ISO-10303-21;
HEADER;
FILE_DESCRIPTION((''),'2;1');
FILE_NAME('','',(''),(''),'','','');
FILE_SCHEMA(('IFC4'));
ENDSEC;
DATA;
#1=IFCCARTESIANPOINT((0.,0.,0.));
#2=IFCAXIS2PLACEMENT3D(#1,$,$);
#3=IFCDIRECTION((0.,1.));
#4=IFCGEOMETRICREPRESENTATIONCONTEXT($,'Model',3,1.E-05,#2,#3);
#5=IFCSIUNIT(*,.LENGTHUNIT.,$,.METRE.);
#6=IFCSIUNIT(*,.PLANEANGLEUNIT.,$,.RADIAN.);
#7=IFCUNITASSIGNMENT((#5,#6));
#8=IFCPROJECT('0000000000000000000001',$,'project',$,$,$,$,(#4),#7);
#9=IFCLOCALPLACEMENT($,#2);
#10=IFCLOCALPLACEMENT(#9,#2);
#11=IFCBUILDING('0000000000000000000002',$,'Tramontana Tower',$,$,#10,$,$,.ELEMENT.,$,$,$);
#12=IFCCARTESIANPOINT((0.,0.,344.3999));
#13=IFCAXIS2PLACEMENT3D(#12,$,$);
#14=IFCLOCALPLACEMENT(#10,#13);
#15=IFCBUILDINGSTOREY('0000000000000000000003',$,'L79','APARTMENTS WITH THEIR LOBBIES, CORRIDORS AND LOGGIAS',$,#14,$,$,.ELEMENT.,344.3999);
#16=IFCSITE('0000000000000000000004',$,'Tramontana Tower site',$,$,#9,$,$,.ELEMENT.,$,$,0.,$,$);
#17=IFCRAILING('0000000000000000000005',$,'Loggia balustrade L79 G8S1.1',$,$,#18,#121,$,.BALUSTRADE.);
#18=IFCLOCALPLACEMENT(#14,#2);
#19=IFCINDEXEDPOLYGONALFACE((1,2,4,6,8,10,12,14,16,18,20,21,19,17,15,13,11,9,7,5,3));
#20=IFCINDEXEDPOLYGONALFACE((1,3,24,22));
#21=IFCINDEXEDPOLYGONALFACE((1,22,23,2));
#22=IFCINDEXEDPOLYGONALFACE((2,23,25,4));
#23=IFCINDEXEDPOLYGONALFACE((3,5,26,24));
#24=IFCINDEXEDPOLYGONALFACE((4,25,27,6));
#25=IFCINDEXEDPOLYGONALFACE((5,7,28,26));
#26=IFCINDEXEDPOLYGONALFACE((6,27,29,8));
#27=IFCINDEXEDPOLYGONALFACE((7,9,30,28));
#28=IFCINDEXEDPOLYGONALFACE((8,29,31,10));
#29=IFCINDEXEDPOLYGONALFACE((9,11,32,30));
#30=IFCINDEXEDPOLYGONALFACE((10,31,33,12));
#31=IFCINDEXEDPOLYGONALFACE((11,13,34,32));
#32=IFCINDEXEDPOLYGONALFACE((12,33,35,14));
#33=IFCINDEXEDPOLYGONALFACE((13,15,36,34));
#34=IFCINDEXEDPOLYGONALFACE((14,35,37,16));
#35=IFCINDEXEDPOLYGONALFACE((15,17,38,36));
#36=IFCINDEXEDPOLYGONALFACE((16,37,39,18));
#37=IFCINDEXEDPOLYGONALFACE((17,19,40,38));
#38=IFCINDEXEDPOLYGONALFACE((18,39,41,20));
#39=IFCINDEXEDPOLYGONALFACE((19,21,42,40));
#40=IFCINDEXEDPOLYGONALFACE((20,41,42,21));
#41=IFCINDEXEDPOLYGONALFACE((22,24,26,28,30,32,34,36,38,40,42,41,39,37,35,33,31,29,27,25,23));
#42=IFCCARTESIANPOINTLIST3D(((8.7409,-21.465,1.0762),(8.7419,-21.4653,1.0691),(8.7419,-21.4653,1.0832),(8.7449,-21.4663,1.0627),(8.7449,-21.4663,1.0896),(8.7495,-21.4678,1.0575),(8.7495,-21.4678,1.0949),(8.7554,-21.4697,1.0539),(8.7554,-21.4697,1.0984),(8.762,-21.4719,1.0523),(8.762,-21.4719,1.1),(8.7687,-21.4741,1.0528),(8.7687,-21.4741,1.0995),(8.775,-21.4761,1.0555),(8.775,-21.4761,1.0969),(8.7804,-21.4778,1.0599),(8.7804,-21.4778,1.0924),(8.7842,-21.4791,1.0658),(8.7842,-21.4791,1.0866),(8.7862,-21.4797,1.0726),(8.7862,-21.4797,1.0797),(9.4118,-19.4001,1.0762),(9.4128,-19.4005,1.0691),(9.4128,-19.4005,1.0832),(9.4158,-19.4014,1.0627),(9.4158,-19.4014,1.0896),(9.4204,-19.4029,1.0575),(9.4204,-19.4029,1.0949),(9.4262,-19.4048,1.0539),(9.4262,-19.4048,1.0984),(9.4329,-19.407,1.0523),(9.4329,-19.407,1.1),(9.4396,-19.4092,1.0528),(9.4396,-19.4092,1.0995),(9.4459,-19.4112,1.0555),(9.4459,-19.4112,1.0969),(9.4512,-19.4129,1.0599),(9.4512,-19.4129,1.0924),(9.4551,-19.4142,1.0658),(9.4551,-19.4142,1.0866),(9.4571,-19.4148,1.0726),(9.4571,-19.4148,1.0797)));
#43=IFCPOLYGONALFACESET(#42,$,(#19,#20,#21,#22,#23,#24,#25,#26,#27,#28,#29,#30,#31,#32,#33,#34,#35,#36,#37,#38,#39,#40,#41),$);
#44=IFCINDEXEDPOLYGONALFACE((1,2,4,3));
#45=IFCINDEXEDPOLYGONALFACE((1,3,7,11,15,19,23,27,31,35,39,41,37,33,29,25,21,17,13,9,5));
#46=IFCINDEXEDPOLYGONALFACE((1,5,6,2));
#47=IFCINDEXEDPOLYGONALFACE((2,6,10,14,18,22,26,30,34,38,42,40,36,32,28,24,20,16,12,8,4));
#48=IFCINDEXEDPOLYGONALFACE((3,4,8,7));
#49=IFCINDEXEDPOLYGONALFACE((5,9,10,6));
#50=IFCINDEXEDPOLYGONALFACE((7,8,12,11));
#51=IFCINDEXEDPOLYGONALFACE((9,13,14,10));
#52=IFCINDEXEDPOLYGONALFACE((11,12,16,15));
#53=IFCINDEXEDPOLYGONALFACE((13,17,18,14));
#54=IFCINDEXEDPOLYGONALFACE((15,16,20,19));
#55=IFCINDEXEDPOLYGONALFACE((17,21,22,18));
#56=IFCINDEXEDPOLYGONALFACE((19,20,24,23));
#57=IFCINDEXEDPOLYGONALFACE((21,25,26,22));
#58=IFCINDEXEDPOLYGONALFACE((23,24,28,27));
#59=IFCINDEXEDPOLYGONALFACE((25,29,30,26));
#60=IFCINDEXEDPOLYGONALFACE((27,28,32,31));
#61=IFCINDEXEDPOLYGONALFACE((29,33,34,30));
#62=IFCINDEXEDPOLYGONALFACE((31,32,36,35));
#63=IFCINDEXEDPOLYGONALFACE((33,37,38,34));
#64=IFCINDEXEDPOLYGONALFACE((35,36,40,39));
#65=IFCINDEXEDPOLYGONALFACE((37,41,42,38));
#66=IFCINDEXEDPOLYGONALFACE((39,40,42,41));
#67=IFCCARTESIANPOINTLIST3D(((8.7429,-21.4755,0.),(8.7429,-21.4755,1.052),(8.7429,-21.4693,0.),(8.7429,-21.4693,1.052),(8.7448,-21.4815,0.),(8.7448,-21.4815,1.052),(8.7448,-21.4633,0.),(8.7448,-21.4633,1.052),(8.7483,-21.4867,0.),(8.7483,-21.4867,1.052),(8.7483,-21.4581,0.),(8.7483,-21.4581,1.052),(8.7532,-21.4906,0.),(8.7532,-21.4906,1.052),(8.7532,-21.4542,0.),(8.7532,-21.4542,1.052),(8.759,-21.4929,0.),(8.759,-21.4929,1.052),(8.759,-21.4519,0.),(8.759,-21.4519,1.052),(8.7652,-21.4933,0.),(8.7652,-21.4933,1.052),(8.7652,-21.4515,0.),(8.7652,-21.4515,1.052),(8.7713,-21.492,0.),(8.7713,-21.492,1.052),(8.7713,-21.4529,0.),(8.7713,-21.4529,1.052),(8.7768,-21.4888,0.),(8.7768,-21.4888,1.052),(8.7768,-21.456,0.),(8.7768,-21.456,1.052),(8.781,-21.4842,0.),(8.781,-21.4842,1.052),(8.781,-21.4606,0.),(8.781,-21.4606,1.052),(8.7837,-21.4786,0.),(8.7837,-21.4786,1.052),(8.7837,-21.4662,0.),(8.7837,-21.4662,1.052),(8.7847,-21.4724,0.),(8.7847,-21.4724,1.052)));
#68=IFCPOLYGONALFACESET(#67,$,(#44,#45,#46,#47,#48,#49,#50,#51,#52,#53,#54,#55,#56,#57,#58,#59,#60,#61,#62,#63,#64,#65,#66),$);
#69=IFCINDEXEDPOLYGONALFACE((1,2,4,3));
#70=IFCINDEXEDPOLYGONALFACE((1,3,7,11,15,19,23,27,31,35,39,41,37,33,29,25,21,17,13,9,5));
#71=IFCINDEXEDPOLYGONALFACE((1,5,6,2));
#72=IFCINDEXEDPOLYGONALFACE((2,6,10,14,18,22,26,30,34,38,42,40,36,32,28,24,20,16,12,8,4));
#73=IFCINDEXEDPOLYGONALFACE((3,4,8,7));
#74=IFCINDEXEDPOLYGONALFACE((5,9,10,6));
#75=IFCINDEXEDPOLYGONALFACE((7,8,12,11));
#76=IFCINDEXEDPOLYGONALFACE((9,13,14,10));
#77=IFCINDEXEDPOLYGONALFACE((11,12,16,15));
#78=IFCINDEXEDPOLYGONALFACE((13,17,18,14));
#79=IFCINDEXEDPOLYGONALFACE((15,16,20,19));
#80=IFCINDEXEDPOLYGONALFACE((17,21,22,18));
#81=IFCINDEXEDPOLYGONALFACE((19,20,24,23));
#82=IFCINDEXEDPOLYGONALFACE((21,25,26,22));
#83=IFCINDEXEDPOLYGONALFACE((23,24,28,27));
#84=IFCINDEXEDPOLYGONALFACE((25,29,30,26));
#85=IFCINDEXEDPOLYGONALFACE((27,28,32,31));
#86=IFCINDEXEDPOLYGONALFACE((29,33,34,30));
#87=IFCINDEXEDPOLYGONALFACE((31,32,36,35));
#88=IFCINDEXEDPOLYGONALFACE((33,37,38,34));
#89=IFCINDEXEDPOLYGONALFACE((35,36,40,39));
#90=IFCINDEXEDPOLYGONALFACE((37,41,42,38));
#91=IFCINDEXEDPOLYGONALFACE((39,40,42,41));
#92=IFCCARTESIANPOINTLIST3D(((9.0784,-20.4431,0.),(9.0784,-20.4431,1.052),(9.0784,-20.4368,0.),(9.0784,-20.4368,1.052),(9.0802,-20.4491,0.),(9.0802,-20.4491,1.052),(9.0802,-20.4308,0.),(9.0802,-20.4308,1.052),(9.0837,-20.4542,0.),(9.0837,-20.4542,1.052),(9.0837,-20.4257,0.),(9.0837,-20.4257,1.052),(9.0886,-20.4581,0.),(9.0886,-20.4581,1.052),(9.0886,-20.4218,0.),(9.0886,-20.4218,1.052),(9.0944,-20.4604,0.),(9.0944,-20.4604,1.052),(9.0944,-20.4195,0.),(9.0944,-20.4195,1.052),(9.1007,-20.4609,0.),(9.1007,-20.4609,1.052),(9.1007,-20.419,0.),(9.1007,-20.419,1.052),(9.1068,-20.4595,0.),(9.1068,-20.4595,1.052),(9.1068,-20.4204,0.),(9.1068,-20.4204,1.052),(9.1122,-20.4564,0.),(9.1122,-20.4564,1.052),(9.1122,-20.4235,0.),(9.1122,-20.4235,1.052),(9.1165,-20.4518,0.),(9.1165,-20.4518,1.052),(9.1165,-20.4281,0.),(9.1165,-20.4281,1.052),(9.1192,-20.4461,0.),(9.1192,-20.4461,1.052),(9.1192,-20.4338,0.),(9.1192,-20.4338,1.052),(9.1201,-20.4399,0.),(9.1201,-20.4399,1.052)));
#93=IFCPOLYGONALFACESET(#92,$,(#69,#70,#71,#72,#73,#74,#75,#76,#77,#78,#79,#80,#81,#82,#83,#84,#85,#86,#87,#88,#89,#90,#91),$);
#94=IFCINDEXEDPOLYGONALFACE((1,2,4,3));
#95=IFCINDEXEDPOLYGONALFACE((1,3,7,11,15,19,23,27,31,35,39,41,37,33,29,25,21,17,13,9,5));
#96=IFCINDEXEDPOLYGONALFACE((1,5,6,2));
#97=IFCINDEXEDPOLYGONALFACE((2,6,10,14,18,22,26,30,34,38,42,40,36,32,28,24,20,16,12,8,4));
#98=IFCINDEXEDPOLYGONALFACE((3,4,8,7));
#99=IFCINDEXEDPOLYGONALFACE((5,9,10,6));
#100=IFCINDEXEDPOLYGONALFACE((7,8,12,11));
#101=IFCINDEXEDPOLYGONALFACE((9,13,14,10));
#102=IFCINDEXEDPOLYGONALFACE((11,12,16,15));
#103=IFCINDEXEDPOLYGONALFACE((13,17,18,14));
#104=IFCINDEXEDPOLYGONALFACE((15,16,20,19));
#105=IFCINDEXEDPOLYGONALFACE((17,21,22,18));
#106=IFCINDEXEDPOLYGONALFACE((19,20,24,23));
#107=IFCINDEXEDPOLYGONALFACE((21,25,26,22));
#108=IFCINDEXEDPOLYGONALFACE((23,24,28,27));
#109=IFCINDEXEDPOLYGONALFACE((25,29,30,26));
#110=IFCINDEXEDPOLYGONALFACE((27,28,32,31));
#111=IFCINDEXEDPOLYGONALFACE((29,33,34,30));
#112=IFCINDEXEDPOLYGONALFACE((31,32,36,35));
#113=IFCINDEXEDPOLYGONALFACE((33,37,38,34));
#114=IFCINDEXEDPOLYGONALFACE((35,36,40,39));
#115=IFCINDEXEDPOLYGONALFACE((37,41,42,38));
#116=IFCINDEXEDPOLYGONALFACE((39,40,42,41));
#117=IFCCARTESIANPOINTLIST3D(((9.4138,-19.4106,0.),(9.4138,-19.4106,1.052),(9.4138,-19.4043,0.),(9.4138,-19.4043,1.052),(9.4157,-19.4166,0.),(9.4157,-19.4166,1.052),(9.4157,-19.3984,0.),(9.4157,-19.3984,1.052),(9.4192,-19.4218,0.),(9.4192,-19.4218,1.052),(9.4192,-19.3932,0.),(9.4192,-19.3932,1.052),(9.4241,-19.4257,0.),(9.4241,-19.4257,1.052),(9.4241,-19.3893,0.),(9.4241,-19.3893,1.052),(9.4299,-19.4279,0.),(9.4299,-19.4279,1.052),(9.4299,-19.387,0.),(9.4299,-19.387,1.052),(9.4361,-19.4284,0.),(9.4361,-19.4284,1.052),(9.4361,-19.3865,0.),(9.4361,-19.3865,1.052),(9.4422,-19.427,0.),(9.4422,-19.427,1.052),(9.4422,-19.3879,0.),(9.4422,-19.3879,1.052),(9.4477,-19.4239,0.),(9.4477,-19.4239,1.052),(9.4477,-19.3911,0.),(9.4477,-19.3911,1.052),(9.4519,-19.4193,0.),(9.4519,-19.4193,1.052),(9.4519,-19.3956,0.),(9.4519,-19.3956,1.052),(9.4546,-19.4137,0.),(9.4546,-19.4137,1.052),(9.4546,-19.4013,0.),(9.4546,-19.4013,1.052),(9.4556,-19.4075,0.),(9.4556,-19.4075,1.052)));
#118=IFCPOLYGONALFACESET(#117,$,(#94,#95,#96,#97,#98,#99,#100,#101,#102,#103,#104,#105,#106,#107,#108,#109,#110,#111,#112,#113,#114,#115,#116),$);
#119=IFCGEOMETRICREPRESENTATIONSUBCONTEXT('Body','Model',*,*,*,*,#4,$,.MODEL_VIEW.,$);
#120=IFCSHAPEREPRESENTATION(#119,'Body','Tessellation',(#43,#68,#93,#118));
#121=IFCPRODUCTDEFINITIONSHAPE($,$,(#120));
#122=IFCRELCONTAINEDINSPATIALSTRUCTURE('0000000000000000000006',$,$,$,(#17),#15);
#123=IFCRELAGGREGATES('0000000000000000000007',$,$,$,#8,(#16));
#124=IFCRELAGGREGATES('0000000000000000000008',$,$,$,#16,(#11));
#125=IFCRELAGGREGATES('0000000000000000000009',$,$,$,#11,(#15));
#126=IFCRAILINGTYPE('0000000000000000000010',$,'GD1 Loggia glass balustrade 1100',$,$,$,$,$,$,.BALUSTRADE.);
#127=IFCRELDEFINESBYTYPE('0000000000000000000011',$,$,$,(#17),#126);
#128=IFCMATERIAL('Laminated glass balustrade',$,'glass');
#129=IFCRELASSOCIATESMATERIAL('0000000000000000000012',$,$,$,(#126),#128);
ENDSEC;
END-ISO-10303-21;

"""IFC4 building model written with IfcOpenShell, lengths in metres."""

from ifc_helpers import new_model, si_unit, direction, frame, origin, origin_2d, place, context, subcontext, project, spatial, circle, extrude, material, type_object, element, save


model = new_model("IFC4")

# Units and contexts
model_context = context("Model", 3, precision=1e-05, world=origin(), true_north=direction((0.0, 1.0)))
body_context = subcontext(model_context, "Body", "Model", "MODEL_VIEW")
ifc_project = project(units=[si_unit("LENGTHUNIT", "METRE"), si_unit("PLANEANGLEUNIT", "RADIAN")], contexts=[model_context])

# Site, building, storey
site_placement = place(None, origin())
site = spatial("IfcSite", under=ifc_project, at=site_placement, Name="Tramontana Tower site", CompositionType="ELEMENT", RefElevation=0.0)
building_placement = place(site_placement, origin())
building = spatial("IfcBuilding", under=site, at=building_placement, Name="Tramontana Tower", CompositionType="ELEMENT")
storey_placement = place(building_placement, frame((0.0, 0.0, 344.3999)))
storey = spatial("IfcBuildingStorey", under=building, at=storey_placement, Name="L79", Description="APARTMENTS WITH THEIR LOBBIES, CORRIDORS AND LOGGIAS", CompositionType="ELEMENT", Elevation=344.3999)

# Railing
ifc_material_1 = material(Name="Laminated glass balustrade", Category="glass")
railing_type = type_object("IfcRailingType", Name="GD1 Loggia glass balustrade 1100", PredefinedType="BALUSTRADE", material=ifc_material_1)
railing_1_placement = place(storey_placement, frame((8.7637, -21.4724, 0.0)))
element("IfcRailing", 1, at=railing_1_placement, inside=storey, type_object=railing_type, Name="Loggia balustrade L79 G8S1.1", PredefinedType="BALUSTRADE", context=body_context, shape_type="SweptSolid", body=[
    extrude(circle(Radius=0.0239, at=origin_2d()), frame((0.0, 0.0, 1.0762), z_axis=(0.309, 0.951062, 0.0), x_axis=(-0.951062, 0.309, 0.0)), (0.0, 0.0, 1.0), 2.1711),
    extrude(circle(Radius=0.021, at=origin_2d()), origin(), (0.0, 0.0, 1.0), 1.052),
    extrude(circle(Radius=0.021, at=origin_2d()), frame((0.3354, 1.0325, 0.0)), (0.0, 0.0, 1.0), 1.052),
    extrude(circle(Radius=0.021, at=origin_2d()), frame((0.6709, 2.0649, 0.0)), (0.0, 0.0, 1.0), 1.052),
])

save(model, "model.ifc")
